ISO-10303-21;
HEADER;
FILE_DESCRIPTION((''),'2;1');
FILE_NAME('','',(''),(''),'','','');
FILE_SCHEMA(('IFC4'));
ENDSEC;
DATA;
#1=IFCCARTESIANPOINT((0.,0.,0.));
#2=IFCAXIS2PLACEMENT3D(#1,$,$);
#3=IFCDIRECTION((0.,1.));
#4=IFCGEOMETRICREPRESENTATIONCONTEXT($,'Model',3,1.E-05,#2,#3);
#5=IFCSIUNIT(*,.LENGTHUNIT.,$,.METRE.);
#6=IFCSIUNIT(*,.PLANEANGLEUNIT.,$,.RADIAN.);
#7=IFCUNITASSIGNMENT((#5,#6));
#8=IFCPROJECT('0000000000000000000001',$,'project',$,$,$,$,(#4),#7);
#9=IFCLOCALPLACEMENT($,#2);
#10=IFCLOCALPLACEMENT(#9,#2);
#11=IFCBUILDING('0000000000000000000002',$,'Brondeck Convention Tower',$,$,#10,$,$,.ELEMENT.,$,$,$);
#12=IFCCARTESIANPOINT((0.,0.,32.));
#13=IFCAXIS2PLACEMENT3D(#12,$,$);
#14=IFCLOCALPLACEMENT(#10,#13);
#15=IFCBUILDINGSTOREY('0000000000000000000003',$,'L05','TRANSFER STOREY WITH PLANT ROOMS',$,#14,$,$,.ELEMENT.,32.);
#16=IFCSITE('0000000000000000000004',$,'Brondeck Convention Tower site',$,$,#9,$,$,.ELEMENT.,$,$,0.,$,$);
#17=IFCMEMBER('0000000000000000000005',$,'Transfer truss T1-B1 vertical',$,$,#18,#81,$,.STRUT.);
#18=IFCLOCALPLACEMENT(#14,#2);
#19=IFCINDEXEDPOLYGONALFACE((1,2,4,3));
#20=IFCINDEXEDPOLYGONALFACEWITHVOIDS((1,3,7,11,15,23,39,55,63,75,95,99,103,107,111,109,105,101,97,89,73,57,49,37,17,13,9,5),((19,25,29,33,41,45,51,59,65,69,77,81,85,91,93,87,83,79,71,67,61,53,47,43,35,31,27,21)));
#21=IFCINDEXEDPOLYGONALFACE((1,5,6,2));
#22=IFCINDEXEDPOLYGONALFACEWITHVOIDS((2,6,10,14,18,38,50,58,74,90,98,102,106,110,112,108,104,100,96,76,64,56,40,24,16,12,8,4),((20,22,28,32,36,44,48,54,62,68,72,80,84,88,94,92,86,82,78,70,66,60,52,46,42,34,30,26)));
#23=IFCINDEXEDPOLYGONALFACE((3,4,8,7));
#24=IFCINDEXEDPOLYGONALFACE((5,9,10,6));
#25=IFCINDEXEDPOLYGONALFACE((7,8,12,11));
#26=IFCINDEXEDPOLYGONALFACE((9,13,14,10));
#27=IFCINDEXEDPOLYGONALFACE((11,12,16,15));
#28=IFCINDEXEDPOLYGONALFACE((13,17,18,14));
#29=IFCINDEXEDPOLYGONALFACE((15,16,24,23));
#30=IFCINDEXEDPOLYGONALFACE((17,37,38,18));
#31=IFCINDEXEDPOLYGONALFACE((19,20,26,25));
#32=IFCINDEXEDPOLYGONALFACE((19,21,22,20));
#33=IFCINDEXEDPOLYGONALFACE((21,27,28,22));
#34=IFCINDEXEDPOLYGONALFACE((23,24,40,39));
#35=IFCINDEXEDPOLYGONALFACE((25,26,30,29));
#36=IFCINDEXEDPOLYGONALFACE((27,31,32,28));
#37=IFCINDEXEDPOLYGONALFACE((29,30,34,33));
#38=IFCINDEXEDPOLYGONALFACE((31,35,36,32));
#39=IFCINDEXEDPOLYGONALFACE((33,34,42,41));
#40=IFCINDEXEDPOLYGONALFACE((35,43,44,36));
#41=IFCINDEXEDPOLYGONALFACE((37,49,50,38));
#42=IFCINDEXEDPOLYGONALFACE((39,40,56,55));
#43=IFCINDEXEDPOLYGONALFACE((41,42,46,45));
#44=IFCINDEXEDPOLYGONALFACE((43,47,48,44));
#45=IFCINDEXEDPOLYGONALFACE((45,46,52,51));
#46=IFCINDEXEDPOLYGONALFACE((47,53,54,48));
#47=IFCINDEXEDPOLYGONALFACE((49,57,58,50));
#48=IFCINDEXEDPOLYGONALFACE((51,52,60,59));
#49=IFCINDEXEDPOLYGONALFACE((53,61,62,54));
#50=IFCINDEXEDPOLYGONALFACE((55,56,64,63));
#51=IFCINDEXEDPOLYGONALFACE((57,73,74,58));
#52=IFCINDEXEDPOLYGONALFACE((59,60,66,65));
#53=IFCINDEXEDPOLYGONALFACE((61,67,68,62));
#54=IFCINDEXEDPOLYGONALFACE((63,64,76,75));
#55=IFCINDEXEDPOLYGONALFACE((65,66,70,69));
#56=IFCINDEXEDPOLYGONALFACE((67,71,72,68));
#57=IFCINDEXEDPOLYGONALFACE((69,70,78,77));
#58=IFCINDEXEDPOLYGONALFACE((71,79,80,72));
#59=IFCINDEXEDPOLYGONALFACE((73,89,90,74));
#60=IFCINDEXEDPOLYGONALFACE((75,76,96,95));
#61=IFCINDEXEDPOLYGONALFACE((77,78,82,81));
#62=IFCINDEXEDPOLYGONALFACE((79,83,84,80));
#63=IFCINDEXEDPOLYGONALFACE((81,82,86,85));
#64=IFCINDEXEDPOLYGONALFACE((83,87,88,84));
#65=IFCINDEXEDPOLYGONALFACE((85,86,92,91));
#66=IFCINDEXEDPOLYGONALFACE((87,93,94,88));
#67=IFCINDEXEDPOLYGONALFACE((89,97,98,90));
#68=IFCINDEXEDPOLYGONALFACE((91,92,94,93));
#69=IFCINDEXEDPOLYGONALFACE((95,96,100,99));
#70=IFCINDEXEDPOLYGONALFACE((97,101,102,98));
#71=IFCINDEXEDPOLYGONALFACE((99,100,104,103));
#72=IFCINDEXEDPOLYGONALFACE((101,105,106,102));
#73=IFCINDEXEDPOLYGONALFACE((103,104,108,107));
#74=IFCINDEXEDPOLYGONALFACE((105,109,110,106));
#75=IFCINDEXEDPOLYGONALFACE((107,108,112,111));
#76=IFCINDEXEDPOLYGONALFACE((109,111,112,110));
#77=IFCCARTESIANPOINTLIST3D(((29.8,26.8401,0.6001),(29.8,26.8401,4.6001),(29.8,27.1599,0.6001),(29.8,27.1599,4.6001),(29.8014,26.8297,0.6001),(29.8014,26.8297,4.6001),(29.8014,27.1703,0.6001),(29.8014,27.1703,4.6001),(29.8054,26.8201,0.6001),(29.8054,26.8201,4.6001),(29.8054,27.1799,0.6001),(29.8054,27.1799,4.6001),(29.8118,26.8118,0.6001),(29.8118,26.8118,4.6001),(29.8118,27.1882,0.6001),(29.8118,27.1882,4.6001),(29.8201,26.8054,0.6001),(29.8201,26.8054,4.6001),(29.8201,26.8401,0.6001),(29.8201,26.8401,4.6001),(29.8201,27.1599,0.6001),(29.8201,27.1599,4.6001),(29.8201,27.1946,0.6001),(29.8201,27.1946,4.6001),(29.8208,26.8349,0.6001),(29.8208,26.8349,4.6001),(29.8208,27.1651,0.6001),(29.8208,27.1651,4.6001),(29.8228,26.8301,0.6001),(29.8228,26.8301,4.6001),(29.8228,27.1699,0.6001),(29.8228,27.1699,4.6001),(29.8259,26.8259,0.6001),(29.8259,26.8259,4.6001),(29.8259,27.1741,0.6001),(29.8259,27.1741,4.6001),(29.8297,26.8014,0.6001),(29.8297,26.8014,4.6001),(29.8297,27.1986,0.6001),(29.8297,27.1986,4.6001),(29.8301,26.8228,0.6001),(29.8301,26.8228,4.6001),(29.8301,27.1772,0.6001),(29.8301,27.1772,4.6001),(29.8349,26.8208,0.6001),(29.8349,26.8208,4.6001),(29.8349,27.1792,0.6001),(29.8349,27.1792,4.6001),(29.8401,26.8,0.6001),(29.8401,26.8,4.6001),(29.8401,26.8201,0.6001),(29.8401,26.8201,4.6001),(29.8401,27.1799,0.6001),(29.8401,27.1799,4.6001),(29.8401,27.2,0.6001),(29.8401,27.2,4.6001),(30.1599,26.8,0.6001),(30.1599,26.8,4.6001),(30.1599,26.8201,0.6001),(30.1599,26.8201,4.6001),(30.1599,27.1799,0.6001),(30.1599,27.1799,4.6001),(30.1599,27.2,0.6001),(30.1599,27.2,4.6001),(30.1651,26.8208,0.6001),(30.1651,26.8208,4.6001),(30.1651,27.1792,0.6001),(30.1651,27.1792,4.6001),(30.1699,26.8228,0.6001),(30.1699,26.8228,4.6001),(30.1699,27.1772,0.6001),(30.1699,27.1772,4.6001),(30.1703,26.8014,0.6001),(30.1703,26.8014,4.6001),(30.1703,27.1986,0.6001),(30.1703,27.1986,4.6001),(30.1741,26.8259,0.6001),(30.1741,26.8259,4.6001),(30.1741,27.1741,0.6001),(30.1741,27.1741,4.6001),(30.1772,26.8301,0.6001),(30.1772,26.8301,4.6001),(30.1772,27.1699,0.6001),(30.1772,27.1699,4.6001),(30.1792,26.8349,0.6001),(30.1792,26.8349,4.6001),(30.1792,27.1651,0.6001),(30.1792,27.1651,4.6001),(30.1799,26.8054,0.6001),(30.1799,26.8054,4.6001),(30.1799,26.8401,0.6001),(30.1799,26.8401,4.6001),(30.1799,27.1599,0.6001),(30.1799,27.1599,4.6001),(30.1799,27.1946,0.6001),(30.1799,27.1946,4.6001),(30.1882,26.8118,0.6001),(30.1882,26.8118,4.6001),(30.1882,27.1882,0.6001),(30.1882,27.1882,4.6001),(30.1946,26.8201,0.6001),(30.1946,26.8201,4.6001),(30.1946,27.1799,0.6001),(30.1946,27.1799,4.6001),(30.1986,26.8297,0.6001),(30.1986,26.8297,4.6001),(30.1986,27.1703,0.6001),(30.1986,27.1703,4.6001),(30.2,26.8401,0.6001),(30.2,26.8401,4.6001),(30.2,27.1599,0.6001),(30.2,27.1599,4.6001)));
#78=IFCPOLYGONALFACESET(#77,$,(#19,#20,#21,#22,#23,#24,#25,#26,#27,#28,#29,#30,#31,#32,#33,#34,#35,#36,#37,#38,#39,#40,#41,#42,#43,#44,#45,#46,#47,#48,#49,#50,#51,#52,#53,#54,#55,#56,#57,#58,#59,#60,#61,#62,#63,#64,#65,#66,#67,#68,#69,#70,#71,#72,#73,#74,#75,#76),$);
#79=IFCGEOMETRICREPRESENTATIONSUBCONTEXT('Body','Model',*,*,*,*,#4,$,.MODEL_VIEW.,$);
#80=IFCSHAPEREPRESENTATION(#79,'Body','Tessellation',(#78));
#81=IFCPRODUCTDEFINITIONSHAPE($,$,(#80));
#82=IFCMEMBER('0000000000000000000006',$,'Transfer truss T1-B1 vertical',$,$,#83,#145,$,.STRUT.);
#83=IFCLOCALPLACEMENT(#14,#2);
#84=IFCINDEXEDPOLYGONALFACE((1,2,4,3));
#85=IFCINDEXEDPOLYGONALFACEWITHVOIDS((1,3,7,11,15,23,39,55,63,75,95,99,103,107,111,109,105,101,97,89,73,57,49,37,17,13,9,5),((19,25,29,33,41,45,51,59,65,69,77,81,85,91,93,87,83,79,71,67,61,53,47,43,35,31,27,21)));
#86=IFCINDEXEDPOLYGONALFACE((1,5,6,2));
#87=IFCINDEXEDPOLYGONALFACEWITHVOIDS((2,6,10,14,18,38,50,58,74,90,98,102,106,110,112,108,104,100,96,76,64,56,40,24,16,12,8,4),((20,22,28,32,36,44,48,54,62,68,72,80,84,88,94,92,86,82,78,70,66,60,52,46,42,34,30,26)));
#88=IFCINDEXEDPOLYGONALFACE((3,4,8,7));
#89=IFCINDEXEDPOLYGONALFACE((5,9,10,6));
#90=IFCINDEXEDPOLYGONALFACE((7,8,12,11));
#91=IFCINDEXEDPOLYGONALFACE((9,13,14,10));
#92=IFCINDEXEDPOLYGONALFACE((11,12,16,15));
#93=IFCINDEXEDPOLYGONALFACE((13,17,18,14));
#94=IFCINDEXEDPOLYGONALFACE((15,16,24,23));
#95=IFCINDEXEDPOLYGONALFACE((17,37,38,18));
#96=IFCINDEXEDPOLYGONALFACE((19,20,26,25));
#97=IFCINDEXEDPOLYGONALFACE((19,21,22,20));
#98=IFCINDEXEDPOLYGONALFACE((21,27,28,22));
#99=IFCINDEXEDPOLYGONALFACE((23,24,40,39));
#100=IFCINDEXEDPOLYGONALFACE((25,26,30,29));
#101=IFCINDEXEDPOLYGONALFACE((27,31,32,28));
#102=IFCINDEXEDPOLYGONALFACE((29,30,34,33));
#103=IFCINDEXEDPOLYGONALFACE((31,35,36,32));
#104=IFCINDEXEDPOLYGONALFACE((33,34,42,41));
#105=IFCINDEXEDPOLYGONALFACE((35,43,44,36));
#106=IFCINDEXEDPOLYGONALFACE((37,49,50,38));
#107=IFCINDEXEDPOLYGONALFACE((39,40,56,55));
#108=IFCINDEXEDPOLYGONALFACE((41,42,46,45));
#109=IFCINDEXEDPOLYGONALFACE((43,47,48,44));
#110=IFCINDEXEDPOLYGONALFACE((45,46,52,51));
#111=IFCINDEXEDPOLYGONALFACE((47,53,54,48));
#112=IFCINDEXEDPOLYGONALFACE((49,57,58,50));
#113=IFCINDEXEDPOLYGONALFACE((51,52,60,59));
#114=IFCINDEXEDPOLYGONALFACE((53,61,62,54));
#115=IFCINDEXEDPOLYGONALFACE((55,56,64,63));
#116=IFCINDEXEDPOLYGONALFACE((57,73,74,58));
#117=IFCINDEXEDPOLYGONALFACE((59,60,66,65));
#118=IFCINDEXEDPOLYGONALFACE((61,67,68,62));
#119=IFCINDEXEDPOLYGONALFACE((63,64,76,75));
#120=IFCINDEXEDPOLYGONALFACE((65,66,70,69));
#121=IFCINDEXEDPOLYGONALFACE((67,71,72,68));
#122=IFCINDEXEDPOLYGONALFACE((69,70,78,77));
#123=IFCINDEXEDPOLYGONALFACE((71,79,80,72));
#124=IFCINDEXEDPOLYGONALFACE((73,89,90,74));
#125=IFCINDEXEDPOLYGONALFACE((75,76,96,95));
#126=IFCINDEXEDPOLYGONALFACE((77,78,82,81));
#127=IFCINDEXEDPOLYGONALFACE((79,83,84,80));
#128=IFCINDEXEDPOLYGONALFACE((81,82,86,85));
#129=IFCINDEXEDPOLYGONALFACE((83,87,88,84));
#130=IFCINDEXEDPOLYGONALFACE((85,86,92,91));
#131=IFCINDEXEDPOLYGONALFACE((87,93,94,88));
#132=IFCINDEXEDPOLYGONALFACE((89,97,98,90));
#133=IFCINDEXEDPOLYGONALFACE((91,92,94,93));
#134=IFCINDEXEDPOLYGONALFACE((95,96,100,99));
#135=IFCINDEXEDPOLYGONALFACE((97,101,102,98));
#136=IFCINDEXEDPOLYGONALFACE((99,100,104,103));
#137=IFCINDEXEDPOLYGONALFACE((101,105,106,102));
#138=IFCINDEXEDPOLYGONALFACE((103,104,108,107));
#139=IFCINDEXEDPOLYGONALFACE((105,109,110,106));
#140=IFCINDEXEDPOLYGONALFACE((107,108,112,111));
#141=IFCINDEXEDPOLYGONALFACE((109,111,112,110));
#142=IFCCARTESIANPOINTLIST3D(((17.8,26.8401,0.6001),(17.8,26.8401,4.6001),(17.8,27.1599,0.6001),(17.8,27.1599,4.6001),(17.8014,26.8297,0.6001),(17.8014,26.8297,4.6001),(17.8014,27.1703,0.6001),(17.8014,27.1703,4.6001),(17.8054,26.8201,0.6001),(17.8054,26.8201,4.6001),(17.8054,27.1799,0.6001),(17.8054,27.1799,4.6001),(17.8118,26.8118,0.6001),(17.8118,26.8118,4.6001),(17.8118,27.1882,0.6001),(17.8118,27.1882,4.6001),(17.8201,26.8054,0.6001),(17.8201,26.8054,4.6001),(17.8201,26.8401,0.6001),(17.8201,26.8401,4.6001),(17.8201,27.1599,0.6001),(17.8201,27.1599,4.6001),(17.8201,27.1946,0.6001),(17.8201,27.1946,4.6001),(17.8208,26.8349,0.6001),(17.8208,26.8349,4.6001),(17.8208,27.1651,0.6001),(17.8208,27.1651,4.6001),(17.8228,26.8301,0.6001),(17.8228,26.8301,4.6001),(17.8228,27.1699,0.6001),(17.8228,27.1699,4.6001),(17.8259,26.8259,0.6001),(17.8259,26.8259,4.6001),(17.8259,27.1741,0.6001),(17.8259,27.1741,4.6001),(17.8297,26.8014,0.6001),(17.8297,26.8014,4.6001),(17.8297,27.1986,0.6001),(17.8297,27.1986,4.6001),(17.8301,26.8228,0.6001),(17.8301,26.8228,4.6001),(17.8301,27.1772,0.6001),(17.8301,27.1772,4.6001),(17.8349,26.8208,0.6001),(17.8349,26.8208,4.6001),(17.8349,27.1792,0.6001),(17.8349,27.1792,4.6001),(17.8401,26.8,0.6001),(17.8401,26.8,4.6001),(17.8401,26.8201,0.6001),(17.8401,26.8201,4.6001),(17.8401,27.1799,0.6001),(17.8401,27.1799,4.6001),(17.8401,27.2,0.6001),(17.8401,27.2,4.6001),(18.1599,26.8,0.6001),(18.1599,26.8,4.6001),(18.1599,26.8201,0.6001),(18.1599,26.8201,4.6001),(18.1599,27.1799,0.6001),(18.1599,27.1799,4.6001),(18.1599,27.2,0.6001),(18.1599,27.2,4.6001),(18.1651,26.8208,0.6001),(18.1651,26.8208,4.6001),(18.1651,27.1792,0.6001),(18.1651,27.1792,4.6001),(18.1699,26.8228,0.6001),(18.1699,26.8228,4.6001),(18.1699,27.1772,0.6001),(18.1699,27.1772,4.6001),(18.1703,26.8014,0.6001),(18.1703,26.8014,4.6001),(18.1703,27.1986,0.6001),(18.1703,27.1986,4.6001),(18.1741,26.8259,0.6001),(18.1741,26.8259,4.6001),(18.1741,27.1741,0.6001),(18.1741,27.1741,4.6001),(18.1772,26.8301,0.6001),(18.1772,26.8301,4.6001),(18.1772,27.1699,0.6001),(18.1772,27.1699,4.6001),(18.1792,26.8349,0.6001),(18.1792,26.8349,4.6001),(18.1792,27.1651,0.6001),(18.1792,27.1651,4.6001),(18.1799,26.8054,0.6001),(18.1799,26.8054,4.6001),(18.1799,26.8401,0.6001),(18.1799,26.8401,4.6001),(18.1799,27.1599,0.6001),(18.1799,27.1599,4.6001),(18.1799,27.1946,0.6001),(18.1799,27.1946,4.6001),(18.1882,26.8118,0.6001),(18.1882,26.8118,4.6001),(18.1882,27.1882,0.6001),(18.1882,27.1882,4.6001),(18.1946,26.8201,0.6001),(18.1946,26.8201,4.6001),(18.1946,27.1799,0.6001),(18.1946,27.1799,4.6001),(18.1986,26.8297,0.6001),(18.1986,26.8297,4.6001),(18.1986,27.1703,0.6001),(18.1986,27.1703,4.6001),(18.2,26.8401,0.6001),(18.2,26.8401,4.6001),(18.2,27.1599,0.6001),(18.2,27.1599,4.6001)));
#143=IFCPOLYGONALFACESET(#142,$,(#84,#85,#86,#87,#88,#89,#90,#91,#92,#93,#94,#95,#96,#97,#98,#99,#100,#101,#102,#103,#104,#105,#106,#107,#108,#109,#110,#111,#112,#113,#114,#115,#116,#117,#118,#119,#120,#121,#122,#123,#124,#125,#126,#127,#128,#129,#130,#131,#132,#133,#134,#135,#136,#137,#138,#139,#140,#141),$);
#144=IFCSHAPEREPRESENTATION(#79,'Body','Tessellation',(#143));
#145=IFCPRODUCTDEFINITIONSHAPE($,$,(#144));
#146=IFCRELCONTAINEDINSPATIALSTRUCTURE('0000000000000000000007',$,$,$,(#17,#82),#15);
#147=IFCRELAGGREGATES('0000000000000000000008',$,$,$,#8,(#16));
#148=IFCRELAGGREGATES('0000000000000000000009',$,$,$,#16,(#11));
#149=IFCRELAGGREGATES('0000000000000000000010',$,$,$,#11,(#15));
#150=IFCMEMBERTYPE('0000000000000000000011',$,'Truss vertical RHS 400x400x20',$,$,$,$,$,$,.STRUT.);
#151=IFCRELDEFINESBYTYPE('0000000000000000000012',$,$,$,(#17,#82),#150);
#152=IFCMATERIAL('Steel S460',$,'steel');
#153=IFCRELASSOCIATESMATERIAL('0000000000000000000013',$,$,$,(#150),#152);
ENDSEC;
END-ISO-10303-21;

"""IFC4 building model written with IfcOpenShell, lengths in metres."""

from ifc_helpers import new_model, si_unit, direction, frame, origin, origin_2d, place, context, subcontext, project, spatial, hollow_rectangle, extrude, material, material_profile, profile_set, type_object, element, save


model = new_model("IFC4")

# Units and contexts
model_context = context("Model", 3, precision=1e-05, world=origin(), true_north=direction((0.0, 1.0)))
body_context = subcontext(model_context, "Body", "Model", "MODEL_VIEW")
ifc_project = project(units=[si_unit("LENGTHUNIT", "METRE"), si_unit("PLANEANGLEUNIT", "RADIAN")], contexts=[model_context])

# Site, building, storey
site_placement = place(None, origin())
site = spatial("IfcSite", under=ifc_project, at=site_placement, Name="Brondeck Convention Tower site", CompositionType="ELEMENT", RefElevation=0.0)
building_placement = place(site_placement, origin())
building = spatial("IfcBuilding", under=site, at=building_placement, Name="Brondeck Convention Tower", CompositionType="ELEMENT")
storey_placement = place(building_placement, frame((0.0, 0.0, 32.0)))
storey = spatial("IfcBuildingStorey", under=building, at=storey_placement, Name="L05", Description="TRANSFER STOREY WITH PLANT ROOMS", CompositionType="ELEMENT", Elevation=32.0)

# Shared definitions
ifc_material_1 = material(Name="Steel S460", Category="steel")

# Members
ifc_material_profile_1 = material_profile(ifc_material_1, hollow_rectangle(XDim=0.3999, YDim=0.3999, WallThickness=0.02, InnerFilletRadius=0.02, OuterFilletRadius=0.04, at=origin_2d()), Name="RHS 400x400x20")
ifc_profile_set_1 = profile_set([ifc_material_profile_1], Name="Steel S460")
member_type_1 = type_object("IfcMemberType", Name="Truss vertical RHS 400x400x20", PredefinedType="STRUT", material=ifc_profile_set_1)
for number, where, z_axis, x_axis, name in (
    (1, (30.0, 27.0, 0.6001), (0.0, 0.0, 1.0), (1.0, 0.0, 0.0), "Transfer truss T1-B1 vertical"),
    (2, (18.0, 27.0, 0.6001), (0.0, 0.0, 1.0), (1.0, 0.0, 0.0), "Transfer truss T1-B1 vertical"),
):
    element("IfcMember", number, at=place(storey_placement, frame(where, z_axis=z_axis, x_axis=x_axis)), inside=storey, type_object=member_type_1, Name=name, PredefinedType="STRUT", context=body_context, shape_type="SweptSolid", body=[
        extrude(hollow_rectangle(XDim=0.3999, YDim=0.3999, WallThickness=0.02, InnerFilletRadius=0.02, OuterFilletRadius=0.04, at=origin_2d()), origin(), (0.0, 0.0, 1.0), 4.0),
    ])

save(model, "model.ifc")
